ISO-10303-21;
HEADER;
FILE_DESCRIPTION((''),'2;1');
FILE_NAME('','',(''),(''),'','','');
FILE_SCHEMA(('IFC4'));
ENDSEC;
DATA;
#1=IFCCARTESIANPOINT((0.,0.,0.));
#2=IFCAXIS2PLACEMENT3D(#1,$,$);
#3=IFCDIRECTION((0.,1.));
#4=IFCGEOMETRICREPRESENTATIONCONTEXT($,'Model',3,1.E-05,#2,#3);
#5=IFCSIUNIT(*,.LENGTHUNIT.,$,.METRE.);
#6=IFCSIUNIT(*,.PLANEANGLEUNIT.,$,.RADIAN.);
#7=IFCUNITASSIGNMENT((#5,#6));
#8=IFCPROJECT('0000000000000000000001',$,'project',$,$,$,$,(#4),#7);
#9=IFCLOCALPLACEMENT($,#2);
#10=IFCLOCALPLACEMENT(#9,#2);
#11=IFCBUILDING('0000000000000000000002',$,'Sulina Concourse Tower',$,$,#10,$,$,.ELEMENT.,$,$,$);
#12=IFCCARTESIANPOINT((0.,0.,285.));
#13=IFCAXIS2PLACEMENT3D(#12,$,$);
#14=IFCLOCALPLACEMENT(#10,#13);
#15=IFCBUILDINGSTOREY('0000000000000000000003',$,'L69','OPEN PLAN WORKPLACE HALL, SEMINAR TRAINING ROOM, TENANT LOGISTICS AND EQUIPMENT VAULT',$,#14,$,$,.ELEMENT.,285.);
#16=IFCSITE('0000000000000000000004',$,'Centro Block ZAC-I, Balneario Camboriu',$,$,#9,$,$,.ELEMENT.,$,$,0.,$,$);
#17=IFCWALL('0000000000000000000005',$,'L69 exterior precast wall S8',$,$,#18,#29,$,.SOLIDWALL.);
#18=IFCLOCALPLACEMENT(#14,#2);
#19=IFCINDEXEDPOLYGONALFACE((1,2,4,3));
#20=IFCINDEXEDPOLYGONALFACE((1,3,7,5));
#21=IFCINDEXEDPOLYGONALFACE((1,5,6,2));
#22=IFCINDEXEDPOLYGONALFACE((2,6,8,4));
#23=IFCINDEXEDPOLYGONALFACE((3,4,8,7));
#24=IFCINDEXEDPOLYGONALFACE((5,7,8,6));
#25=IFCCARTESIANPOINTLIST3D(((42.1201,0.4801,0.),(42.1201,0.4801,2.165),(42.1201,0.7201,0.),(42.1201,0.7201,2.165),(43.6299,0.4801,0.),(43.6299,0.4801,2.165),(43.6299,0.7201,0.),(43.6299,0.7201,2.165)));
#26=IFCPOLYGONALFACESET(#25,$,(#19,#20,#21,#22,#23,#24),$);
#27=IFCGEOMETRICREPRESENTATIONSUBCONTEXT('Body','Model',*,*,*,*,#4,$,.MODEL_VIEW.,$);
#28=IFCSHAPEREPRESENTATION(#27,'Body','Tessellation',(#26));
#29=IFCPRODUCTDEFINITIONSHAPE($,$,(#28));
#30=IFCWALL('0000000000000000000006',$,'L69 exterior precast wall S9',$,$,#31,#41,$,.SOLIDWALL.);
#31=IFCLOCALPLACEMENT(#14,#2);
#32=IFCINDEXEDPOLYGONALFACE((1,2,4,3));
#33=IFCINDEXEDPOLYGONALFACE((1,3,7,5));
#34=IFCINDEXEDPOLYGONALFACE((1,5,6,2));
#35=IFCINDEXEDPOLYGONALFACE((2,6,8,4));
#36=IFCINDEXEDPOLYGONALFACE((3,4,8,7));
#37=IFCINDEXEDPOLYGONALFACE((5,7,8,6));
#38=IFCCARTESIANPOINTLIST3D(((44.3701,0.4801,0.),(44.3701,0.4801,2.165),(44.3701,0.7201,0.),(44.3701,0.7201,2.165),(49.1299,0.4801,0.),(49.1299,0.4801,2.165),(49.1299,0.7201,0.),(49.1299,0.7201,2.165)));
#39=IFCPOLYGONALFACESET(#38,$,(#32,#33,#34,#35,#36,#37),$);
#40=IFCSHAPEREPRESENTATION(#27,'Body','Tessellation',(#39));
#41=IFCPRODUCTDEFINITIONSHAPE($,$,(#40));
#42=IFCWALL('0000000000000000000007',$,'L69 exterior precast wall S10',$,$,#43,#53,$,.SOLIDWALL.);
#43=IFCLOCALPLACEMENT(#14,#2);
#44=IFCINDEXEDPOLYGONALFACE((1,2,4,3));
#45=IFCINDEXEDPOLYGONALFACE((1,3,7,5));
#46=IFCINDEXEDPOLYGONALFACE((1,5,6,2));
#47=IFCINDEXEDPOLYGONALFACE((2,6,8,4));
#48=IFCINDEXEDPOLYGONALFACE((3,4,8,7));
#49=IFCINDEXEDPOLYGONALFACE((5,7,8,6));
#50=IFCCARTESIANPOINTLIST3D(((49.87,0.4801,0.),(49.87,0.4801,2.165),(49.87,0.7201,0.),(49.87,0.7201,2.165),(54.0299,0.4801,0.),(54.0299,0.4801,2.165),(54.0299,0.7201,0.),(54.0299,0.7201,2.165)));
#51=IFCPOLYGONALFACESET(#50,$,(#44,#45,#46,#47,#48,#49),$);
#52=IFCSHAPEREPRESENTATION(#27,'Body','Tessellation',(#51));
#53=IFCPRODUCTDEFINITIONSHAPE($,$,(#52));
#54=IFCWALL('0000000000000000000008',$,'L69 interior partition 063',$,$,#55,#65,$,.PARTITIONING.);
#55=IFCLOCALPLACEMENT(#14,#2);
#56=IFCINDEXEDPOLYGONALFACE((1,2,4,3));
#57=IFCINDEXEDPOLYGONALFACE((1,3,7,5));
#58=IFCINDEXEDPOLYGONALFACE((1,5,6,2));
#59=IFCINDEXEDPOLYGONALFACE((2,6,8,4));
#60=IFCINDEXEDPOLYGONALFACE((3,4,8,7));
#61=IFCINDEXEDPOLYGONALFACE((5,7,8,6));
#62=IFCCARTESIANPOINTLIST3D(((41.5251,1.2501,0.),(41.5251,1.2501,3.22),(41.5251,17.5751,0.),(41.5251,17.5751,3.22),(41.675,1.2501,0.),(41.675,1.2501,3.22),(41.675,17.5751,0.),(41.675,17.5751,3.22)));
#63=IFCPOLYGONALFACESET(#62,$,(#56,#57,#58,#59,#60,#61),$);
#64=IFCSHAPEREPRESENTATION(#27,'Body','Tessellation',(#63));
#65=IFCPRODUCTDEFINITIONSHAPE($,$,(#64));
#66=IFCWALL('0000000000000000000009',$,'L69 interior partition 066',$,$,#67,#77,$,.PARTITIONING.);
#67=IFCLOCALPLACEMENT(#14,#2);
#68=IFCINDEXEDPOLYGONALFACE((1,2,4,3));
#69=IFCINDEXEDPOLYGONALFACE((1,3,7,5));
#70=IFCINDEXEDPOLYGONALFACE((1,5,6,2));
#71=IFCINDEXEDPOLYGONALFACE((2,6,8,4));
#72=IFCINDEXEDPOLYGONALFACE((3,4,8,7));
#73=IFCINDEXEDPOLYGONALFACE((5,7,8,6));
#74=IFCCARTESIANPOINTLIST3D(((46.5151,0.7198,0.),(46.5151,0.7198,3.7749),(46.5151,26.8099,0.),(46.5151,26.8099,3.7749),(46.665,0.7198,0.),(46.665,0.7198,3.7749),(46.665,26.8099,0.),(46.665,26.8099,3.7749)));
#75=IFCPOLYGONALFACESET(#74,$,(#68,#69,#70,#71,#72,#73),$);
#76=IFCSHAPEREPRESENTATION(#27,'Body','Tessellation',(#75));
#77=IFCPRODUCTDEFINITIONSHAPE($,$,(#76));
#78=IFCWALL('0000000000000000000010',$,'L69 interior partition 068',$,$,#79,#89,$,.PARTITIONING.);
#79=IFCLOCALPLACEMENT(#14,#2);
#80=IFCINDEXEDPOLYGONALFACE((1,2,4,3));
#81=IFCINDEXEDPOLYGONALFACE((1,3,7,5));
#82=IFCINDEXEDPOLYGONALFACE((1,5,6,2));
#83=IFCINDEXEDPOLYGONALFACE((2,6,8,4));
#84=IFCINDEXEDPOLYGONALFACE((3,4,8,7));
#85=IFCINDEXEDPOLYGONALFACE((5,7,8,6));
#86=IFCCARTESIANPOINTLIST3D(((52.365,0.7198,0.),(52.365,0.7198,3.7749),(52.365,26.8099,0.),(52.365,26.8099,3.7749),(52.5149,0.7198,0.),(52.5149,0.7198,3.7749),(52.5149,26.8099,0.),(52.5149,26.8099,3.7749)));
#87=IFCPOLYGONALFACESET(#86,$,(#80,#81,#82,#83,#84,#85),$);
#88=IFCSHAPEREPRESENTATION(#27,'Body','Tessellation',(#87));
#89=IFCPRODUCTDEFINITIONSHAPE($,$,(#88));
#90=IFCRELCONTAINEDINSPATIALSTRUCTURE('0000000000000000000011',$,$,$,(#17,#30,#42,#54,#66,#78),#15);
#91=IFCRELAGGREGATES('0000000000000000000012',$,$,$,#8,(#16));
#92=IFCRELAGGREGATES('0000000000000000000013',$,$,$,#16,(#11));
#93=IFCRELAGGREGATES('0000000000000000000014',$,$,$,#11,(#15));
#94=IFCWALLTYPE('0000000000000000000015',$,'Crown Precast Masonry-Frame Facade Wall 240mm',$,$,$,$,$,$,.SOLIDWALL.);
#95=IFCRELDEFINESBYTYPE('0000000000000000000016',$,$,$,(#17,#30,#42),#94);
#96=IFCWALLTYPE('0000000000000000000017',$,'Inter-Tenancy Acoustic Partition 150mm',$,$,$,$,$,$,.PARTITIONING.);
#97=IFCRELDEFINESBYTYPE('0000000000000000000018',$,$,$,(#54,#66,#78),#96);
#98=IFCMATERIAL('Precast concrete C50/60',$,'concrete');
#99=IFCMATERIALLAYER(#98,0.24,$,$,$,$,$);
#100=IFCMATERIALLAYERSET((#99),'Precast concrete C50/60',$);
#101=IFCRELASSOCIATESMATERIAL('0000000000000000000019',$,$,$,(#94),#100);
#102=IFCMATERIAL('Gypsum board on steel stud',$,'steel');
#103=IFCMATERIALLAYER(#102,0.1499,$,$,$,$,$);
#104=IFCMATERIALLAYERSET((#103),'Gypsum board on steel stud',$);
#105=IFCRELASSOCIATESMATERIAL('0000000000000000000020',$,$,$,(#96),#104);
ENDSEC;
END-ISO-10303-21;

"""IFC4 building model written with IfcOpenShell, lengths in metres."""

from ifc_helpers import new_model, si_unit, direction, frame, frame_2d, origin, place, context, subcontext, project, spatial, rectangle, extrude, material, layer, layer_set, type_object, element, save


model = new_model("IFC4")

# Units and contexts
model_context = context("Model", 3, precision=1e-05, world=origin(), true_north=direction((0.0, 1.0)))
body_context = subcontext(model_context, "Body", "Model", "MODEL_VIEW")
ifc_project = project(units=[si_unit("LENGTHUNIT", "METRE"), si_unit("PLANEANGLEUNIT", "RADIAN")], contexts=[model_context])

# Site, building, storey
site_placement = place(None, origin())
site = spatial("IfcSite", under=ifc_project, at=site_placement, Name="Centro Block ZAC-I, Balneario Camboriu", CompositionType="ELEMENT", RefElevation=0.0)
building_placement = place(site_placement, origin())
building = spatial("IfcBuilding", under=site, at=building_placement, Name="Sulina Concourse Tower", CompositionType="ELEMENT")
storey_placement = place(building_placement, frame((0.0, 0.0, 285.0)))
storey = spatial("IfcBuildingStorey", under=building, at=storey_placement, Name="L69", Description="OPEN PLAN WORKPLACE HALL, SEMINAR TRAINING ROOM, TENANT LOGISTICS AND EQUIPMENT VAULT", CompositionType="ELEMENT", Elevation=285.0)

# Walls
ifc_material_1 = material(Name="Precast concrete C50/60", Category="concrete")
ifc_layer_1 = layer(ifc_material_1, 0.24)
ifc_layer_set_1 = layer_set([ifc_layer_1], Name="Precast concrete C50/60")
wall_type_1 = type_object("IfcWallType", Name="Crown Precast Masonry-Frame Facade Wall 240mm", PredefinedType="SOLIDWALL", material=ifc_layer_set_1)
wall_1_placement = place(storey_placement, frame((43.6299, 0.6001, 0.0), z_axis=(0.0, 0.0, 1.0), x_axis=(-1.0, 0.0, 0.0)))
element("IfcWall", 1, at=wall_1_placement, inside=storey, type_object=wall_type_1, Name="L69 exterior precast wall S8", PredefinedType="SOLIDWALL", context=body_context, shape_type="SweptSolid", body=[
    extrude(rectangle(XDim=1.5098, YDim=0.24, at=frame_2d((0.7549, 0.0))), origin(), (0.0, 0.0, 1.0), 2.165),
])
wall_2_placement = place(storey_placement, frame((49.1299, 0.6001, 0.0), z_axis=(0.0, 0.0, 1.0), x_axis=(-1.0, 0.0, 0.0)))
element("IfcWall", 2, at=wall_2_placement, inside=storey, type_object=wall_type_1, Name="L69 exterior precast wall S9", PredefinedType="SOLIDWALL", context=body_context, shape_type="SweptSolid", body=[
    extrude(rectangle(XDim=4.7598, YDim=0.24, at=frame_2d((2.3799, 0.0))), origin(), (0.0, 0.0, 1.0), 2.165),
])
wall_3_placement = place(storey_placement, frame((54.03, 0.6001, 0.0), z_axis=(0.0, 0.0, 1.0), x_axis=(-1.0, 0.0, 0.0)))
element("IfcWall", 3, at=wall_3_placement, inside=storey, type_object=wall_type_1, Name="L69 exterior precast wall S10", PredefinedType="SOLIDWALL", context=body_context, shape_type="SweptSolid", body=[
    extrude(rectangle(XDim=4.1599, YDim=0.24, at=frame_2d((2.0801, 0.0))), origin(), (0.0, 0.0, 1.0), 2.165),
])
ifc_material_2 = material(Name="Gypsum board on steel stud", Category="steel")
ifc_layer_2 = layer(ifc_material_2, 0.1499)
ifc_layer_set_2 = layer_set([ifc_layer_2], Name="Gypsum board on steel stud")
wall_type_2 = type_object("IfcWallType", Name="Inter-Tenancy Acoustic Partition 150mm", PredefinedType="PARTITIONING", material=ifc_layer_set_2)
wall_4_placement = place(storey_placement, frame((41.6001, 1.25, 0.0), z_axis=(0.0, 0.0, 1.0), x_axis=(0.0, 1.0, 0.0)))
element("IfcWall", 4, at=wall_4_placement, inside=storey, type_object=wall_type_2, Name="L69 interior partition 063", PredefinedType="PARTITIONING", context=body_context, shape_type="SweptSolid", body=[
    extrude(rectangle(XDim=16.325, YDim=0.1499, at=frame_2d((8.1626, 0.0))), origin(), (0.0, 0.0, 1.0), 3.22),
])
for number, where, z_axis, x_axis, name in (
    (5, (46.5901, 0.72, 0.0), (0.0, 0.0, 1.0), (0.0, 1.0, 0.0), "L69 interior partition 066"),
    (6, (52.4399, 0.72, 0.0), (0.0, 0.0, 1.0), (0.0, 1.0, 0.0), "L69 interior partition 068"),
):
    element("IfcWall", number, at=place(storey_placement, frame(where, z_axis=z_axis, x_axis=x_axis)), inside=storey, type_object=wall_type_2, Name=name, PredefinedType="PARTITIONING", context=body_context, shape_type="SweptSolid", body=[
        extrude(rectangle(XDim=26.0901, YDim=0.1499, at=frame_2d((13.0449, 0.0))), origin(), (0.0, 0.0, 1.0), 3.7749),
    ])

save(model, "model.ifc")
